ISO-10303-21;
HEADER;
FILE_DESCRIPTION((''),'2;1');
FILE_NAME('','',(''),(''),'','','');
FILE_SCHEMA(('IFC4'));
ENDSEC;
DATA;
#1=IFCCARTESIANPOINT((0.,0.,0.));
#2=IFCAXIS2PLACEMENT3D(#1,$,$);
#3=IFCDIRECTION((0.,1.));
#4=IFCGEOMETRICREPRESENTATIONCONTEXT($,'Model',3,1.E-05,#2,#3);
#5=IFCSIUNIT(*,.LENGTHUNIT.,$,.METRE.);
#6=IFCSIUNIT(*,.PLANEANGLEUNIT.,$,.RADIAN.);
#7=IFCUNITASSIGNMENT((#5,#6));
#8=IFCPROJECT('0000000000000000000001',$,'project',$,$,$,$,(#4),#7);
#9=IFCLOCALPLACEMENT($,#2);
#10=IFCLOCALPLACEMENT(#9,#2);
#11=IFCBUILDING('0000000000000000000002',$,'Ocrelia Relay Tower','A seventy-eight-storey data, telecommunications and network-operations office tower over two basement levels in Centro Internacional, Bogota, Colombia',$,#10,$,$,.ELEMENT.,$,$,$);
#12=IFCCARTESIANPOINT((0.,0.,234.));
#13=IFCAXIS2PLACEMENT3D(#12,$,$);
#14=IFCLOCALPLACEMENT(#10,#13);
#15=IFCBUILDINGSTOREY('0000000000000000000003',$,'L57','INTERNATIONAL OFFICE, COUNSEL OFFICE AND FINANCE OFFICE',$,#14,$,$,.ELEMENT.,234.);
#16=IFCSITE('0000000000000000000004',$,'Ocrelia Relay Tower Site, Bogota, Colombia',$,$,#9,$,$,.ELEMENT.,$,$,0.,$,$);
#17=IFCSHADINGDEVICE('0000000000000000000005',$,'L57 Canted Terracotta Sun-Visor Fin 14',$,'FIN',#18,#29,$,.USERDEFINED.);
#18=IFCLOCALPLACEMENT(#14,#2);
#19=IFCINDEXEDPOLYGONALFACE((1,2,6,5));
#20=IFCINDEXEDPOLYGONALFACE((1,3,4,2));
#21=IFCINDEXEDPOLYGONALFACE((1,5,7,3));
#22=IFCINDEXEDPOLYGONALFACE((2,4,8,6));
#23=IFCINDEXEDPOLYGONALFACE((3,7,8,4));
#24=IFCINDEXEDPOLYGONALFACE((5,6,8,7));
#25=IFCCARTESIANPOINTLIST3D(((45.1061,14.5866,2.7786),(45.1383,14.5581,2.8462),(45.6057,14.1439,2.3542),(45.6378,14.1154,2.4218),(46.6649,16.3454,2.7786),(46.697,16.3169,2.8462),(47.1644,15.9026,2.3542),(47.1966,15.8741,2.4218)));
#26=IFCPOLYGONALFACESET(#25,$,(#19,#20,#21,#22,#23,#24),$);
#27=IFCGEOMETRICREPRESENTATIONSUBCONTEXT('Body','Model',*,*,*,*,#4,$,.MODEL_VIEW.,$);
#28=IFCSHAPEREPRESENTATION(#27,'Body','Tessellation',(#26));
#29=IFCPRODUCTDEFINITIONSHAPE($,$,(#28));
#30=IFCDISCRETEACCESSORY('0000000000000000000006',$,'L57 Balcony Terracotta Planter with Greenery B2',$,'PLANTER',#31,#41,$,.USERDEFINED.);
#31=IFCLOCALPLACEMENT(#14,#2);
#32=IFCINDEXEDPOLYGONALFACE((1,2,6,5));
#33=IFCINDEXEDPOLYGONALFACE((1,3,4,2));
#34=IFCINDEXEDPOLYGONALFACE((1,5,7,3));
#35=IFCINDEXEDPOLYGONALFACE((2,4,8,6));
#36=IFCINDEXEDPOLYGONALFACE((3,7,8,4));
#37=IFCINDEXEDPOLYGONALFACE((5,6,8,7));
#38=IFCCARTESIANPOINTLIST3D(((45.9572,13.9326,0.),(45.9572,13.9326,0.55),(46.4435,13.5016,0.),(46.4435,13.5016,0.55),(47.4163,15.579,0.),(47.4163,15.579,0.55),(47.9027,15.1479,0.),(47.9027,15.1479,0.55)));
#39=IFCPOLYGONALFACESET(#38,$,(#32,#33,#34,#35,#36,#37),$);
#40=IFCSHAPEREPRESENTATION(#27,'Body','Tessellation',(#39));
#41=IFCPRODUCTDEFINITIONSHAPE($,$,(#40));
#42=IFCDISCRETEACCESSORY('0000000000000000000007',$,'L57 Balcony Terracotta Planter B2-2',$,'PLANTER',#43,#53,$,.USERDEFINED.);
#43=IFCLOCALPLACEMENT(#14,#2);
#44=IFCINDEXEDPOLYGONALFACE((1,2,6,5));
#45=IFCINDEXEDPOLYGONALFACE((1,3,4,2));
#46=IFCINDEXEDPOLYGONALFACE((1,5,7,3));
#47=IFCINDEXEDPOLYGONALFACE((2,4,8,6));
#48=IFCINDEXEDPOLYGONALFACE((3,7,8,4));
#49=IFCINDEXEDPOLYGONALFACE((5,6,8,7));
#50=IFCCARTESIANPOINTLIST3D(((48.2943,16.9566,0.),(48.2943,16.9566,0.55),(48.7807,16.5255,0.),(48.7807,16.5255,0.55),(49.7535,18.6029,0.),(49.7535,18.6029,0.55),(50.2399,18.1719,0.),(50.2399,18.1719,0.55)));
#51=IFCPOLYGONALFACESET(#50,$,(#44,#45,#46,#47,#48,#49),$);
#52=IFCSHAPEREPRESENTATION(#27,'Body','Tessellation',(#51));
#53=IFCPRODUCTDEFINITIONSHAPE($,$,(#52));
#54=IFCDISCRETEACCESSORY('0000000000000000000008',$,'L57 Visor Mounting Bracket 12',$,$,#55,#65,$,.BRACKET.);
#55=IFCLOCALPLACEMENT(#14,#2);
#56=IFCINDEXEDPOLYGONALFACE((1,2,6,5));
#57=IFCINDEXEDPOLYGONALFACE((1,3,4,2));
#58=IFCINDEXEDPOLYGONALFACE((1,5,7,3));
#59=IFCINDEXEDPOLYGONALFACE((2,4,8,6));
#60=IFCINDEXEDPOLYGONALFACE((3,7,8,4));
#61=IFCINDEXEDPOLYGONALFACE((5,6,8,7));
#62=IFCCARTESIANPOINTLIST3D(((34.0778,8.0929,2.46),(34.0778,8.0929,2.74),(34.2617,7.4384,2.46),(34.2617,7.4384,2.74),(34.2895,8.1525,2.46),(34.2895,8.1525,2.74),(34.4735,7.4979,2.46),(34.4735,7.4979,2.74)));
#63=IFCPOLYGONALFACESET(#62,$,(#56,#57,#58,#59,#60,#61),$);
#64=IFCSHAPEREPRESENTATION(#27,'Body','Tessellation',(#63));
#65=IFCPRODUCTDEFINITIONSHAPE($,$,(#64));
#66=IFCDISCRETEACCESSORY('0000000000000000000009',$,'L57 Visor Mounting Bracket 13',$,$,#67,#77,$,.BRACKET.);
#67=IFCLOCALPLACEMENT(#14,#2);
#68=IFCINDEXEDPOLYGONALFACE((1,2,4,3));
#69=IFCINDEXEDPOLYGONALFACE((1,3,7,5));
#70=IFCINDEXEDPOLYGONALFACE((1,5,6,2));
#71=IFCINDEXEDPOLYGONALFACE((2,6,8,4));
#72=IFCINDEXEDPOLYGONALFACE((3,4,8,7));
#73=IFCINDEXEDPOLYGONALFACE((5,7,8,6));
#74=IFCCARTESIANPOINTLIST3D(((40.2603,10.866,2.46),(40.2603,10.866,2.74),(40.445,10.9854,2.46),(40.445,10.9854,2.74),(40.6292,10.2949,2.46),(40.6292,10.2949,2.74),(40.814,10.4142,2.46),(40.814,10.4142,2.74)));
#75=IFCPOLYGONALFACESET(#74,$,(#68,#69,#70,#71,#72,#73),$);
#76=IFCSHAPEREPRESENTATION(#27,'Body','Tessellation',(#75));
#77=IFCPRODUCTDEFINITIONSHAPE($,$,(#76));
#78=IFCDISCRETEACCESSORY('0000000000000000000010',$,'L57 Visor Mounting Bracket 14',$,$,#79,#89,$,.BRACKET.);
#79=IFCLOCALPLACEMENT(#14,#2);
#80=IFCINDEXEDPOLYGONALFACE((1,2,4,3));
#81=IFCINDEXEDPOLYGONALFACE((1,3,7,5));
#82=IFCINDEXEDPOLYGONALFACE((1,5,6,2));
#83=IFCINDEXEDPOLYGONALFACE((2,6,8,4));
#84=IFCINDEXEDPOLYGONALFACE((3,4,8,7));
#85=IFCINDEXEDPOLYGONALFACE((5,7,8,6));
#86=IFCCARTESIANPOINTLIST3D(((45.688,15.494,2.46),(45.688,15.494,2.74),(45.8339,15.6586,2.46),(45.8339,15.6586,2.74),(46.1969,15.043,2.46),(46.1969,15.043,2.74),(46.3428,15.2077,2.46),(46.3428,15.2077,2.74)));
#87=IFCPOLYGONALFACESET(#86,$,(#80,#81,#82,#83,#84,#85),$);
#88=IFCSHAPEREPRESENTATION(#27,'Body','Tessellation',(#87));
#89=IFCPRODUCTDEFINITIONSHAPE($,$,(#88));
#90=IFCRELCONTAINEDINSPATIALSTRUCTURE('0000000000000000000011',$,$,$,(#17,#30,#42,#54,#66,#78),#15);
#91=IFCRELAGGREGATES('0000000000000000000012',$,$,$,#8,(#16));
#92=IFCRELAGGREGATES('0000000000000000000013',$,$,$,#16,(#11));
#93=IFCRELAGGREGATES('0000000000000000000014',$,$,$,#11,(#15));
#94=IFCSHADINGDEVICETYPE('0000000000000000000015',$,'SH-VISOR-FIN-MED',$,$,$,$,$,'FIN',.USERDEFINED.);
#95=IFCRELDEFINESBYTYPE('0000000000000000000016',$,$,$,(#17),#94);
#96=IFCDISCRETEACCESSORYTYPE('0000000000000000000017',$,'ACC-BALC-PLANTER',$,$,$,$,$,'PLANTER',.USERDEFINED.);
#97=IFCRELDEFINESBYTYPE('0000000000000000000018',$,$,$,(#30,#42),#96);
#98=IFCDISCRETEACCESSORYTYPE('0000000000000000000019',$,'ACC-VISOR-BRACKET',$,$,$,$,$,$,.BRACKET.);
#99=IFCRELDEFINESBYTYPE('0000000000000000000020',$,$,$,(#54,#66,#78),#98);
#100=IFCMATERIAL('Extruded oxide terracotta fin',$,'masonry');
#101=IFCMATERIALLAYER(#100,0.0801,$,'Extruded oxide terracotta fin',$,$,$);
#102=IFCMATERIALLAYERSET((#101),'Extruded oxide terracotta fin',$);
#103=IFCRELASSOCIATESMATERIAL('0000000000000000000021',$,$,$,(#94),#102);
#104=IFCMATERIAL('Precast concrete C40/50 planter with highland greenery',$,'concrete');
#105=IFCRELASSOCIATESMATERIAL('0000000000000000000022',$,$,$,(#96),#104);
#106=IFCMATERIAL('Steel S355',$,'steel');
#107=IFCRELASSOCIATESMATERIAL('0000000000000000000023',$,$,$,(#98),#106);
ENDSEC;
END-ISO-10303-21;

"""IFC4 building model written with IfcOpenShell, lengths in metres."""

from ifc_helpers import new_model, si_unit, direction, frame, origin, origin_2d, place, context, subcontext, project, spatial, rectangle, extrude, material, layer, layer_set, type_object, element, save


model = new_model("IFC4")

# Units and contexts
model_context = context("Model", 3, precision=1e-05, world=origin(), true_north=direction((0.0, 1.0)))
body_context = subcontext(model_context, "Body", "Model", "MODEL_VIEW")
ifc_project = project(units=[si_unit("LENGTHUNIT", "METRE"), si_unit("PLANEANGLEUNIT", "RADIAN")], contexts=[model_context])

# Site, building, storey
site_placement = place(None, origin())
site = spatial("IfcSite", under=ifc_project, at=site_placement, Name="Ocrelia Relay Tower Site, Bogota, Colombia", CompositionType="ELEMENT", RefElevation=0.0)
building_placement = place(site_placement, origin())
building = spatial("IfcBuilding", under=site, at=building_placement, Name="Ocrelia Relay Tower", Description="A seventy-eight-storey data, telecommunications and network-operations office tower over two basement levels in Centro Internacional, Bogota, Colombia", CompositionType="ELEMENT")
storey_placement = place(building_placement, frame((0.0, 0.0, 234.0)))
storey = spatial("IfcBuildingStorey", under=building, at=storey_placement, Name="L57", Description="INTERNATIONAL OFFICE, COUNSEL OFFICE AND FINANCE OFFICE", CompositionType="ELEMENT", Elevation=234.0)

# Shared definitions
ifc_material_1 = material(Name="Steel S355", Category="steel")

# Shading device
ifc_material_2 = material(Name="Extruded oxide terracotta fin", Category="masonry")
ifc_layer_1 = layer(ifc_material_2, 0.0801, Name="Extruded oxide terracotta fin")
ifc_layer_set_1 = layer_set([ifc_layer_1], Name="Extruded oxide terracotta fin")
shading_device_type_1 = type_object("IfcShadingDeviceType", Name="SH-VISOR-FIN-MED", ElementType="FIN", PredefinedType="USERDEFINED", material=ifc_layer_set_1)
shading_device_1_placement = place(storey_placement, frame((46.1353, 15.2446, 2.5664), z_axis=(0.401552, -0.355888, 0.84386), x_axis=(0.663272, 0.748378, 0.0)))
element("IfcShadingDevice", 1, at=shading_device_1_placement, inside=storey, type_object=shading_device_type_1, Name="L57 Canted Terracotta Sun-Visor Fin 14", ObjectType="FIN", PredefinedType="USERDEFINED", context=body_context, shape_type="SweptSolid", body=[
    extrude(rectangle(XDim=2.3501, YDim=0.791, at=origin_2d()), origin(), (0.0, 0.0, 1.0), 0.0801),
])

# Discrete accessories
ifc_material_3 = material(Name="Precast concrete C40/50 planter with highland greenery", Category="concrete")
discrete_accessory_type_1 = type_object("IfcDiscreteAccessoryType", Name="ACC-BALC-PLANTER", ElementType="PLANTER", PredefinedType="USERDEFINED", material=ifc_material_3)
for number, where, z_axis, x_axis, name in (
    (2, (46.9299, 14.5403, 0.0), (0.0, 0.0, 1.0), (-0.663283, -0.748369, 0.0), "L57 Balcony Terracotta Planter with Greenery B2"),
    (3, (49.2671, 17.5642, 0.0), (0.0, 0.0, 1.0), (-0.663283, -0.748369, 0.0), "L57 Balcony Terracotta Planter B2-2"),
):
    element("IfcDiscreteAccessory", number, at=place(storey_placement, frame(where, z_axis=z_axis, x_axis=x_axis)), inside=storey, type_object=discrete_accessory_type_1, Name=name, ObjectType="PLANTER", PredefinedType="USERDEFINED", context=body_context, shape_type="SweptSolid", body=[
        extrude(rectangle(XDim=2.2, YDim=0.6499, at=origin_2d()), origin(), (0.0, 0.0, 1.0), 0.55),
    ])
discrete_accessory_type_2 = type_object("IfcDiscreteAccessoryType", Name="ACC-VISOR-BRACKET", PredefinedType="BRACKET", material=ifc_material_1)
for number, where, z_axis, x_axis, name in (
    (4, (34.2756, 7.7954, 2.46), (0.0, 0.0, 1.0), (0.962711, 0.270532, 0.0), "L57 Visor Mounting Bracket 12"),
    (5, (40.5371, 10.6401, 2.46), (0.0, 0.0, 1.0), (0.840008, 0.542573, 0.0), "L57 Visor Mounting Bracket 13"),
    (6, (46.0154, 15.3508, 2.46), (0.0, 0.0, 1.0), (0.663272, 0.748378, 0.0), "L57 Visor Mounting Bracket 14"),
):
    element("IfcDiscreteAccessory", number, at=place(storey_placement, frame(where, z_axis=z_axis, x_axis=x_axis)), inside=storey, type_object=discrete_accessory_type_2, Name=name, PredefinedType="BRACKET", context=body_context, shape_type="SweptSolid", body=[
        extrude(rectangle(XDim=0.22, YDim=0.6799, at=origin_2d()), origin(), (0.0, 0.0, 1.0), 0.28),
    ])

save(model, "model.ifc")
